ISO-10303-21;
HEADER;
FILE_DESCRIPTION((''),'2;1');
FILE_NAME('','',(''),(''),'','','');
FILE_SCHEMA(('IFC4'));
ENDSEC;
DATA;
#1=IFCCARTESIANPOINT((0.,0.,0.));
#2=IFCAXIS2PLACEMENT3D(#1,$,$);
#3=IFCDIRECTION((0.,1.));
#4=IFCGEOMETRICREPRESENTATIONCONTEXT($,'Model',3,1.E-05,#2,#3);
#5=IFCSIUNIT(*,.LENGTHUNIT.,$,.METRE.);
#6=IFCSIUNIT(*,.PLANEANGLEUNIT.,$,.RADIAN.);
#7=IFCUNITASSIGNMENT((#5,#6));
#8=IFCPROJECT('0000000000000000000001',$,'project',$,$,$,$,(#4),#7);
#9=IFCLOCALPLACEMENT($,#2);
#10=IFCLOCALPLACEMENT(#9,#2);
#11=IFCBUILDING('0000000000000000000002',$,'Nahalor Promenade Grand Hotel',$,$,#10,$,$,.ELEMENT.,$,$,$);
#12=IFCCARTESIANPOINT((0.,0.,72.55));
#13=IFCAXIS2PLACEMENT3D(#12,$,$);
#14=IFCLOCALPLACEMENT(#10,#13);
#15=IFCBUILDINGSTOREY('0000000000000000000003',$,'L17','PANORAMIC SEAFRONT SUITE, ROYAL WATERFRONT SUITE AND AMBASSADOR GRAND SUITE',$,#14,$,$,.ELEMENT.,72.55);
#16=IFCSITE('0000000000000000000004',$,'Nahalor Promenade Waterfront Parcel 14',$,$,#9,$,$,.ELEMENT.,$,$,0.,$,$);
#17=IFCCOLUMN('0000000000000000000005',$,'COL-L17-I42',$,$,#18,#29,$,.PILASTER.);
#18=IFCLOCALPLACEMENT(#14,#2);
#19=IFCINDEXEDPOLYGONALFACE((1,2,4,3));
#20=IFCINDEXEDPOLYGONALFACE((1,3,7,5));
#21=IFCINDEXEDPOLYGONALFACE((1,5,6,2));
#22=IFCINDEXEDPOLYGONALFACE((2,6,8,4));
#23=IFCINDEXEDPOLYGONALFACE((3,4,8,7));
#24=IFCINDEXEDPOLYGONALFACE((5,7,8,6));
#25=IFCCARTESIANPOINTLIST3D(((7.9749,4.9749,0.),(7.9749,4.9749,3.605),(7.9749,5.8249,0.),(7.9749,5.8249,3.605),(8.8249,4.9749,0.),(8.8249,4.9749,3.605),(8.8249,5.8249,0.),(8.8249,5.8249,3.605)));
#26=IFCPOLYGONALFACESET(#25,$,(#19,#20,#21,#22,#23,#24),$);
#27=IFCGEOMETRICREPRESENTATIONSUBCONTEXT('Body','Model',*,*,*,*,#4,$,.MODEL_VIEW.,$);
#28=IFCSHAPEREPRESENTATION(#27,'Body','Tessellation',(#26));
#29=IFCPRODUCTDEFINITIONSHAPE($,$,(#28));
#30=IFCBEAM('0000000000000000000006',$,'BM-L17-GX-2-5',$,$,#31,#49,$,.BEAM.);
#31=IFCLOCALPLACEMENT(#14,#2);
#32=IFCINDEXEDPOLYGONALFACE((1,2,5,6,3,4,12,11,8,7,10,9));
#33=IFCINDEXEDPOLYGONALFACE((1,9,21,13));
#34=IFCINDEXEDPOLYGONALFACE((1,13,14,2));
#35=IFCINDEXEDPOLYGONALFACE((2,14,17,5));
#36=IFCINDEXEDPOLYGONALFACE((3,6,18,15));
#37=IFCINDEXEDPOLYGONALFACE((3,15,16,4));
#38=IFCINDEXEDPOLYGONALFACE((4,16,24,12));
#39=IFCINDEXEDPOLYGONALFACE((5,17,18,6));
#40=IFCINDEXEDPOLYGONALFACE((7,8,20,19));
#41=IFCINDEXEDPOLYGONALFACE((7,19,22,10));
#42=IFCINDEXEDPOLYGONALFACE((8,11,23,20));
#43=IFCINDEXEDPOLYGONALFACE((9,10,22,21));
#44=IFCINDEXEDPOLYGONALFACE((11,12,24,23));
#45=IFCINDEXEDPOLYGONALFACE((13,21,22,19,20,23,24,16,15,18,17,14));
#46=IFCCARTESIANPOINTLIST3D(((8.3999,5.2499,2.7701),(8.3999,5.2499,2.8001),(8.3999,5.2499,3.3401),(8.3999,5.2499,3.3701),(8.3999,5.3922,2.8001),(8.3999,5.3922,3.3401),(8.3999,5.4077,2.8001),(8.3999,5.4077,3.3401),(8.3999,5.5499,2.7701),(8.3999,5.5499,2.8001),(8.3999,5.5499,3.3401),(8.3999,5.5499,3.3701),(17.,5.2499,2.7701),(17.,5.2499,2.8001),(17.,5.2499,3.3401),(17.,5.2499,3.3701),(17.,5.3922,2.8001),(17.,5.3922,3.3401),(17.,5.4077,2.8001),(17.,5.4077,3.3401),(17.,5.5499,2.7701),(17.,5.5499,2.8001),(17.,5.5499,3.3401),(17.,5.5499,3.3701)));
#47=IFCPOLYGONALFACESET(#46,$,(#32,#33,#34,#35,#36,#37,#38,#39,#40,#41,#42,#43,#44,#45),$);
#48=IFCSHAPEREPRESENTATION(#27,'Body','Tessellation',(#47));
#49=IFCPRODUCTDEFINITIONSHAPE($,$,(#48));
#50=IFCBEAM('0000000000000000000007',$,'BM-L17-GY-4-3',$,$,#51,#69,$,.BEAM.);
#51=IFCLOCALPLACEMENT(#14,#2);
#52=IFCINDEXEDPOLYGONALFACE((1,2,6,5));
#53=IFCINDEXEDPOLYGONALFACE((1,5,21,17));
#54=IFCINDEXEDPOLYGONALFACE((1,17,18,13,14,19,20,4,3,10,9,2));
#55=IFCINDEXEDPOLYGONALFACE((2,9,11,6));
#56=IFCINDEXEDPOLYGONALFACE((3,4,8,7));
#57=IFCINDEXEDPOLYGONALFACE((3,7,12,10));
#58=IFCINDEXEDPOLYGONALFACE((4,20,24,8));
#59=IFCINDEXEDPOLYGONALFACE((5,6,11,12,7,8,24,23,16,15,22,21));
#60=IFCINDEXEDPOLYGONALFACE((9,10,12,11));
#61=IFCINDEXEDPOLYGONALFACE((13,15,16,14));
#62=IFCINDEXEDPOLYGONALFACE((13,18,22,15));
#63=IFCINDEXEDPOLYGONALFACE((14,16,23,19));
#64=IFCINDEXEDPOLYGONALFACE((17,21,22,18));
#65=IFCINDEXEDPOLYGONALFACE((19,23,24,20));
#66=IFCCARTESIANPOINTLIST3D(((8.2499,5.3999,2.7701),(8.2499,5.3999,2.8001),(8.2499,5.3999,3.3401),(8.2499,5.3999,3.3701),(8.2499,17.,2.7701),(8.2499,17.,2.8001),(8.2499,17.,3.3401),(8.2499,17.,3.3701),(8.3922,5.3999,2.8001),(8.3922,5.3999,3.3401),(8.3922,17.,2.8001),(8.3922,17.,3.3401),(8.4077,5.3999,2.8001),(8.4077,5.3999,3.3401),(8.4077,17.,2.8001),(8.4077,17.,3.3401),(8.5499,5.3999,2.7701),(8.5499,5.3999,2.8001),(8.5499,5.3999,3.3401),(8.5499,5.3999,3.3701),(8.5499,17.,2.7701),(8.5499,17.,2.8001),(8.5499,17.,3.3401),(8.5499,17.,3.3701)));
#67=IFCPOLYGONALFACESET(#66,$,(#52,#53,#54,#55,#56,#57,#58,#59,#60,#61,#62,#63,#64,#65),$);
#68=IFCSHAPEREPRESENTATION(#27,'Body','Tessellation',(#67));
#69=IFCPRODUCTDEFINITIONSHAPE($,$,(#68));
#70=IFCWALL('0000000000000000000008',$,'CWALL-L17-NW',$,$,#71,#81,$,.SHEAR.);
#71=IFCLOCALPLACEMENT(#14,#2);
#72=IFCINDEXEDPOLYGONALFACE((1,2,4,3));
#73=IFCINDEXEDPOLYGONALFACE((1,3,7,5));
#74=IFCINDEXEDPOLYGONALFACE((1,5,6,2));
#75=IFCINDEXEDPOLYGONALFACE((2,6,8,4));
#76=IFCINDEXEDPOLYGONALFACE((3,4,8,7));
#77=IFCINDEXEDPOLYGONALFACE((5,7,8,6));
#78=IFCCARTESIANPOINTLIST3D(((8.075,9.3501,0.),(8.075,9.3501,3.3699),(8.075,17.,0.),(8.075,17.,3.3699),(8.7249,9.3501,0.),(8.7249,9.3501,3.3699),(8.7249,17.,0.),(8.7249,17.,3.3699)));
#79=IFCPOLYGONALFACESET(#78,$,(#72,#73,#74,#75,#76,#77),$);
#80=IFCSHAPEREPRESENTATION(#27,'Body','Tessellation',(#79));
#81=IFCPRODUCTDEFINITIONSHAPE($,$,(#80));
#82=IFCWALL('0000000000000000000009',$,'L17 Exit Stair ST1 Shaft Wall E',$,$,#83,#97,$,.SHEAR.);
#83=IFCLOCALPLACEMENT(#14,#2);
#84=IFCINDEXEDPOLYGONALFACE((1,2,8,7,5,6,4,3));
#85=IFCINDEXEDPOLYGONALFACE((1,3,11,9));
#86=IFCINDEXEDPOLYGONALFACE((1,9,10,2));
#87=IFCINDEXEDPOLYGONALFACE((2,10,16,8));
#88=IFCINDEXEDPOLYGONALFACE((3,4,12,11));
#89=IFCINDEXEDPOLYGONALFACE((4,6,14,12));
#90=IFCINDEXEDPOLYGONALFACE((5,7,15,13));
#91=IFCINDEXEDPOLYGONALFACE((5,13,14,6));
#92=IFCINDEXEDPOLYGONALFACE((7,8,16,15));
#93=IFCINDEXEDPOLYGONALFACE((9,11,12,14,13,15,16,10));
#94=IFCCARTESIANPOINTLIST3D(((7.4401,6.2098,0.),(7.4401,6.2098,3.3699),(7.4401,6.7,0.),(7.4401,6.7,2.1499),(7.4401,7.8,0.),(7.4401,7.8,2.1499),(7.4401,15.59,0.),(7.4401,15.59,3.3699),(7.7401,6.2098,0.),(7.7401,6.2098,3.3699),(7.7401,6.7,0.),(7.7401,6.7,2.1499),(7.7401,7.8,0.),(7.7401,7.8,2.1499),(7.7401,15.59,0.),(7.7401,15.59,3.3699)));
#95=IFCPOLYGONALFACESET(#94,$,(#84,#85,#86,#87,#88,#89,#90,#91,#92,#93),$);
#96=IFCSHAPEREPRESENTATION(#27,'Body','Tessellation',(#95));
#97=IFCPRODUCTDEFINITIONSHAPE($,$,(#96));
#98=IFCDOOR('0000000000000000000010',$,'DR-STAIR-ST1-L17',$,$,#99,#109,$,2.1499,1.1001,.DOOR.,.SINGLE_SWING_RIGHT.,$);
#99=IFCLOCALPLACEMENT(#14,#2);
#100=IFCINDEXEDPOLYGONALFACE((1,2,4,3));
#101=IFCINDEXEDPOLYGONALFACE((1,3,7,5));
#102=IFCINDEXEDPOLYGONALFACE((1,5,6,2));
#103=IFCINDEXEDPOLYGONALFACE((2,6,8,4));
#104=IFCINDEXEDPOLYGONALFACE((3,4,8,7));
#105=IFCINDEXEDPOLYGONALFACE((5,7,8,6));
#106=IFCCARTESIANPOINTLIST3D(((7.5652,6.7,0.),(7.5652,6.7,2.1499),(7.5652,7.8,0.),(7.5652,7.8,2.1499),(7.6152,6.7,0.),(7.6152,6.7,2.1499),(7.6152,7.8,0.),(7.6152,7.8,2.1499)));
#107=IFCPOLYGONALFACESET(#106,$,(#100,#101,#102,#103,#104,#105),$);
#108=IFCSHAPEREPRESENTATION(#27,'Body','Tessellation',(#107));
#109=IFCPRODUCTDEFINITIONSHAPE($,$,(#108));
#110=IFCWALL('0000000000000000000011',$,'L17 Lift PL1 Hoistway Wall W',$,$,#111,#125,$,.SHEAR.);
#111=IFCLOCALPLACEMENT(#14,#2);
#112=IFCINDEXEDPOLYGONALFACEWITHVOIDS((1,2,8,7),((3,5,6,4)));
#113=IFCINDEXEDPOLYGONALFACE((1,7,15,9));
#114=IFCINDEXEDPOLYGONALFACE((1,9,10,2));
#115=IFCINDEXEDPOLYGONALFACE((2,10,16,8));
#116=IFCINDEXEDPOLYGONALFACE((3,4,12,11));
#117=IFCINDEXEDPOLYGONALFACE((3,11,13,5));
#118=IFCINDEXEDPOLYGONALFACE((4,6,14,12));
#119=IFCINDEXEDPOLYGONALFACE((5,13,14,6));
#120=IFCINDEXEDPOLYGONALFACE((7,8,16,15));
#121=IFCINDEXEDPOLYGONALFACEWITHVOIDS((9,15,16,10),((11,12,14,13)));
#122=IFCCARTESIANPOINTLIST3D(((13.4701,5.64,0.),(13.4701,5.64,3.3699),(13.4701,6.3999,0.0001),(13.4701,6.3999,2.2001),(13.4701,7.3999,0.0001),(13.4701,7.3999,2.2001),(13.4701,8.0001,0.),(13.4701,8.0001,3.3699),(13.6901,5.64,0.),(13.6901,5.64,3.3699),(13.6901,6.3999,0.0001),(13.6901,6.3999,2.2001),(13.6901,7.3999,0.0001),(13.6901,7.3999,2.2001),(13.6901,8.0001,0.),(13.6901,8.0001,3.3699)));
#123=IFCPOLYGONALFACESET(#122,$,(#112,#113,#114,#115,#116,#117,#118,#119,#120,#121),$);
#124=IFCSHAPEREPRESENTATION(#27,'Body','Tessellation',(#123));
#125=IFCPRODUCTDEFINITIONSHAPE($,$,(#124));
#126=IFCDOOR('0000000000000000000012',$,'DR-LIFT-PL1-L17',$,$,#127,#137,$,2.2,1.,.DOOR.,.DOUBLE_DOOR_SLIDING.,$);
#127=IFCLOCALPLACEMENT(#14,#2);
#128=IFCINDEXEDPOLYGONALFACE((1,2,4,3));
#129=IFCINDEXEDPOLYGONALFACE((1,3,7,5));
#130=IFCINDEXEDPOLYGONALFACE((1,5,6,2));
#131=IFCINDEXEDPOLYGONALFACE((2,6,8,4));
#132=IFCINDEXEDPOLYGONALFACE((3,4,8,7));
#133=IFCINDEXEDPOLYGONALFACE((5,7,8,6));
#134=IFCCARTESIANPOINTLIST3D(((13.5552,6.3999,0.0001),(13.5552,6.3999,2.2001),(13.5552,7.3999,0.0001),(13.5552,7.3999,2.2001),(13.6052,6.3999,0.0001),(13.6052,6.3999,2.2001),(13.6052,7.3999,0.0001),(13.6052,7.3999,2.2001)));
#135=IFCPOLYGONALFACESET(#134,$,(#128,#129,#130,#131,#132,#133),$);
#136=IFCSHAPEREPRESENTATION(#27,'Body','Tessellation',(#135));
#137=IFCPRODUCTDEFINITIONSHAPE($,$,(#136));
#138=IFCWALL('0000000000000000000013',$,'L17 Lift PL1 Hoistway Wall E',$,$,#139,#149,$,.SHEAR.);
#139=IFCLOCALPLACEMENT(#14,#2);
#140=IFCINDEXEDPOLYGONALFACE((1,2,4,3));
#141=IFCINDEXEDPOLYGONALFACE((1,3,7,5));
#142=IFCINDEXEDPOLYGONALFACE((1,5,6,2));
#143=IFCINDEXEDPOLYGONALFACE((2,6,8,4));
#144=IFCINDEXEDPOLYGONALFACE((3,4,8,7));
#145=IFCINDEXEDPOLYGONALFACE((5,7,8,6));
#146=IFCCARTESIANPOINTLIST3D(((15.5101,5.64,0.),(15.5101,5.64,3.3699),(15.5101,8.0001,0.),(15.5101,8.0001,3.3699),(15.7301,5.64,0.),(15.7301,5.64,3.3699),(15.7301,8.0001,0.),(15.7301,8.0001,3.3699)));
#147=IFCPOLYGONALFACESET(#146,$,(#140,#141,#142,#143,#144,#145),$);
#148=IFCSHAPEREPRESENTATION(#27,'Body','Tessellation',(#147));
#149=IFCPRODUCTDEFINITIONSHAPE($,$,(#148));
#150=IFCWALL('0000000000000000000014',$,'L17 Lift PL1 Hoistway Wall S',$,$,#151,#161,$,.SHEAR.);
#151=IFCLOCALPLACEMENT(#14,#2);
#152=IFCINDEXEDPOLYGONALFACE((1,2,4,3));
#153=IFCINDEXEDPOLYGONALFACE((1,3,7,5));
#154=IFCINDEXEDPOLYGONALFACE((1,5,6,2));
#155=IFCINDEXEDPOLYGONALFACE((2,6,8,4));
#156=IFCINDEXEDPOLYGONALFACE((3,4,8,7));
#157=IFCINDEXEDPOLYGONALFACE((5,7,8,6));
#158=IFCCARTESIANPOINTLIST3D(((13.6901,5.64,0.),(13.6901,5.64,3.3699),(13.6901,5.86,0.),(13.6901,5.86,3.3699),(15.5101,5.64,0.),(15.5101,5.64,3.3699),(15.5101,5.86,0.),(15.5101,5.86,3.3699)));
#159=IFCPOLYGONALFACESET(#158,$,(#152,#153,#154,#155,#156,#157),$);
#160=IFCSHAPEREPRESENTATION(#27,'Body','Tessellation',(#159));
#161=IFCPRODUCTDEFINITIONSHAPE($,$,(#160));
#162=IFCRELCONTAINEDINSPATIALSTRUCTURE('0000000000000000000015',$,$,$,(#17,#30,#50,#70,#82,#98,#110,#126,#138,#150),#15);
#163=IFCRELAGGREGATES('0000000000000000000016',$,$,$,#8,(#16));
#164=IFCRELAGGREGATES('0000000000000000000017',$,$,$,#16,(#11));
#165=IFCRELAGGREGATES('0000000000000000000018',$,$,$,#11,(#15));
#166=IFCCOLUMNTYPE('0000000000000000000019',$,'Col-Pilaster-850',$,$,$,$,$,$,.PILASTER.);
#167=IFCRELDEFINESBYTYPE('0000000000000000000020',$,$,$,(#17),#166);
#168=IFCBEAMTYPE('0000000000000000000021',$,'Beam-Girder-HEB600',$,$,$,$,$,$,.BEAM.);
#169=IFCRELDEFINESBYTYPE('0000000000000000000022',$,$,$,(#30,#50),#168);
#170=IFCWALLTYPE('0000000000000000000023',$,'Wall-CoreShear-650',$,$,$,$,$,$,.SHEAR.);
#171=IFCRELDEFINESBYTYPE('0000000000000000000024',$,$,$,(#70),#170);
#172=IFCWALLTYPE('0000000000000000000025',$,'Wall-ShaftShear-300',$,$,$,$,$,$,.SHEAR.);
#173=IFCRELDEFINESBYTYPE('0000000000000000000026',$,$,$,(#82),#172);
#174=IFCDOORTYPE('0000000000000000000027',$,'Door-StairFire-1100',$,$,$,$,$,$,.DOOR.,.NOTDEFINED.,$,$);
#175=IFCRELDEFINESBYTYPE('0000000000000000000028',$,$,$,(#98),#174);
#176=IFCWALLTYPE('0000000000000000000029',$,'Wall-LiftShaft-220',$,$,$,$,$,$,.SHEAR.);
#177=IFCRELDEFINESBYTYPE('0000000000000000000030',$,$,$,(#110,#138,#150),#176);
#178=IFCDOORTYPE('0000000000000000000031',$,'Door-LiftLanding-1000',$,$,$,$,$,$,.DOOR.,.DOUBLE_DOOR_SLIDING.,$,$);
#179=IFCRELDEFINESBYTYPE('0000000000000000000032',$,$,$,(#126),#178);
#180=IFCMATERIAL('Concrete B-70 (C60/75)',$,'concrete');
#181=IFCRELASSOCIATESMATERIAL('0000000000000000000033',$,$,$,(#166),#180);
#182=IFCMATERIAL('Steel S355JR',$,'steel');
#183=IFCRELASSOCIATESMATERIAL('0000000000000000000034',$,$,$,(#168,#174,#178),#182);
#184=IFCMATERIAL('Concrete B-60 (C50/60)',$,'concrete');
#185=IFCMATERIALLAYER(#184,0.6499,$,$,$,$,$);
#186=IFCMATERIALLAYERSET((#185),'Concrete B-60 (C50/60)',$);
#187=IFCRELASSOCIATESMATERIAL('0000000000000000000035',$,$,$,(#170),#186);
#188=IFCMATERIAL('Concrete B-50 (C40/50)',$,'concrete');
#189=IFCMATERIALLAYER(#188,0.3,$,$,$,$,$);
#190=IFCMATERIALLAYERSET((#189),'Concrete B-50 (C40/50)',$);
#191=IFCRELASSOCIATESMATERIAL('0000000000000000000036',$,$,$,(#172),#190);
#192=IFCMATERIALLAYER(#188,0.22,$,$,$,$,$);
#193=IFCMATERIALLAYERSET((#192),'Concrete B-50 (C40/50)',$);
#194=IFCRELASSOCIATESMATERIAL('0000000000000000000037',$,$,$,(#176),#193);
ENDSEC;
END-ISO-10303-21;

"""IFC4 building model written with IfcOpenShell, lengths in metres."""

from ifc_helpers import new_model, si_unit, direction, frame, frame_2d, origin, origin_2d, place, context, subcontext, project, spatial, rectangle, i_section, extrude, source, transform, mapped, material, layer, layer_set, material_profile, profile_set, type_object, element, fill, save


model = new_model("IFC4")

# Units and contexts
model_context = context("Model", 3, precision=1e-05, world=origin(), true_north=direction((0.0, 1.0)))
body_context = subcontext(model_context, "Body", "Model", "MODEL_VIEW")
ifc_project = project(units=[si_unit("LENGTHUNIT", "METRE"), si_unit("PLANEANGLEUNIT", "RADIAN")], contexts=[model_context])

# Site, building, storey
site_placement = place(None, origin())
site = spatial("IfcSite", under=ifc_project, at=site_placement, Name="Nahalor Promenade Waterfront Parcel 14", CompositionType="ELEMENT", RefElevation=0.0)
building_placement = place(site_placement, origin())
building = spatial("IfcBuilding", under=site, at=building_placement, Name="Nahalor Promenade Grand Hotel", CompositionType="ELEMENT")
storey_placement = place(building_placement, frame((0.0, 0.0, 72.55)))
storey = spatial("IfcBuildingStorey", under=building, at=storey_placement, Name="L17", Description="PANORAMIC SEAFRONT SUITE, ROYAL WATERFRONT SUITE AND AMBASSADOR GRAND SUITE", CompositionType="ELEMENT", Elevation=72.55)

# Column
ifc_material_1 = material(Name="Concrete B-70 (C60/75)", Category="concrete")
ifc_material_profile_1 = material_profile(ifc_material_1, rectangle(XDim=0.85, YDim=0.85, at=origin_2d()), Name="RC 850x850")
ifc_profile_set_1 = profile_set([ifc_material_profile_1], Name="Concrete B-70 (C60/75)")
column_type = type_object("IfcColumnType", Name="Col-Pilaster-850", PredefinedType="PILASTER", material=ifc_profile_set_1)
shared_shape_1 = source(origin(), body_context, "Body", "SweptSolid", [
    extrude(rectangle(XDim=0.85, YDim=0.85, at=origin_2d()), origin(), (0.0, 0.0, 1.0), 3.605),
])
column_placement = place(storey_placement, frame((8.3999, 5.3999, 0.0), z_axis=(0.0, 0.0, 1.0), x_axis=(1.0, 0.0, 0.0)))
element("IfcColumn", 1, at=column_placement, inside=storey, type_object=column_type, Name="COL-L17-I42", PredefinedType="PILASTER", context=body_context, shape_type="MappedRepresentation", body=[
    mapped(shared_shape_1, transform((0.0, 0.0, 0.0), scale=1.0)),
])

# Beams
ifc_material_2 = material(Name="Steel S355JR", Category="steel")
ifc_material_profile_2 = material_profile(ifc_material_2, i_section(OverallWidth=0.3, OverallDepth=0.6, WebThickness=0.0155, FlangeThickness=0.03, at=origin_2d()), Name="HEB 600")
ifc_profile_set_2 = profile_set([ifc_material_profile_2], Name="Steel S355JR")
beam_type = type_object("IfcBeamType", Name="Beam-Girder-HEB600", PredefinedType="BEAM", material=ifc_profile_set_2)
shared_shape_2 = source(origin(), body_context, "Body", "SweptSolid", [
    extrude(i_section(OverallWidth=0.3, OverallDepth=0.6, WebThickness=0.0155, FlangeThickness=0.03, at=origin_2d()), origin(), (0.0, 0.0, 1.0), 8.6001),
])
beam_1_placement = place(storey_placement, frame((8.3999, 5.3999, 3.0701), z_axis=(1.0, 0.0, 0.0), x_axis=(0.0, 1.0, 0.0)))
element("IfcBeam", 2, at=beam_1_placement, inside=storey, type_object=beam_type, Name="BM-L17-GX-2-5", PredefinedType="BEAM", context=body_context, shape_type="MappedRepresentation", body=[
    mapped(shared_shape_2, transform((0.0, 0.0, 0.0), scale=1.0)),
])
shared_shape_3 = source(origin(), body_context, "Body", "SweptSolid", [
    extrude(i_section(OverallWidth=0.3, OverallDepth=0.6, WebThickness=0.0155, FlangeThickness=0.03, at=origin_2d()), origin(), (0.0, 0.0, 1.0), 11.6001),
])
beam_2_placement = place(storey_placement, frame((8.3999, 5.3999, 3.0701), z_axis=(0.0, 1.0, 0.0), x_axis=(-1.0, 0.0, 0.0)))
element("IfcBeam", 3, at=beam_2_placement, inside=storey, type_object=beam_type, Name="BM-L17-GY-4-3", PredefinedType="BEAM", context=body_context, shape_type="MappedRepresentation", body=[
    mapped(shared_shape_3, transform((0.0, 0.0, 0.0), scale=1.0)),
])

# Wall
ifc_material_3 = material(Name="Concrete B-60 (C50/60)", Category="concrete")
ifc_layer_1 = layer(ifc_material_3, 0.6499)
ifc_layer_set_1 = layer_set([ifc_layer_1], Name="Concrete B-60 (C50/60)")
wall_type_1 = type_object("IfcWallType", Name="Wall-CoreShear-650", PredefinedType="SHEAR", material=ifc_layer_set_1)
shared_shape_4 = source(origin(), body_context, "Body", "SweptSolid", [
    extrude(rectangle(XDim=7.6499, YDim=0.6499, at=frame_2d((3.825, 0.0))), origin(), (0.0, 0.0, 1.0), 3.3699),
])
wall_1_placement = place(storey_placement, frame((8.3999, 9.3501, 0.0), z_axis=(0.0, 0.0, 1.0), x_axis=(0.0, 1.0, 0.0)))
element("IfcWall", 4, at=wall_1_placement, inside=storey, type_object=wall_type_1, Name="CWALL-L17-NW", PredefinedType="SHEAR", context=body_context, shape_type="MappedRepresentation", body=[
    mapped(shared_shape_4, transform((0.0, 0.0, 0.0), scale=1.0)),
])

# Walls, openings, doors
ifc_material_4 = material(Name="Concrete B-50 (C40/50)", Category="concrete")
ifc_layer_2 = layer(ifc_material_4, 0.3)
ifc_layer_set_2 = layer_set([ifc_layer_2], Name="Concrete B-50 (C40/50)")
wall_type_2 = type_object("IfcWallType", Name="Wall-ShaftShear-300", PredefinedType="SHEAR", material=ifc_layer_set_2)
shared_shape_5 = source(origin(), body_context, "Body", "SweptSolid", [
    extrude(rectangle(XDim=9.3801, YDim=0.3, at=frame_2d((4.6899, 0.0))), origin(), (0.0, 0.0, 1.0), 3.3699),
])
wall_2_placement = place(storey_placement, frame((7.5901, 6.21, 0.0), z_axis=(0.0, 0.0, 1.0), x_axis=(0.0, 1.0, 0.0)))
wall_2 = element("IfcWall", 5, at=wall_2_placement, inside=storey, type_object=wall_type_2, Name="L17 Exit Stair ST1 Shaft Wall E", PredefinedType="SHEAR", context=body_context, shape_type="MappedRepresentation", body=[
    mapped(shared_shape_5, transform((0.0, 0.0, 0.0), scale=1.0)),
])
opening_1_placement = place(wall_2_placement, frame((0.49, 0.0, 0.0)))
opening_1 = element("IfcOpeningElement", 6, at=opening_1_placement, cuts=wall_2, PredefinedType="OPENING", context=body_context, shape_type="SweptSolid", body=[
    extrude(rectangle(XDim=1.1001, YDim=2.1499, at=frame_2d((0.55, 1.075))), frame((0.0, 0.1599, 0.0), z_axis=(0.0, -1.0, 0.0), x_axis=(1.0, 0.0, 0.0)), (0.0, 0.0, 1.0), 0.3201),
])
door_type_1 = type_object("IfcDoorType", Name="Door-StairFire-1100", OperationType="NOTDEFINED", PredefinedType="DOOR", material=ifc_material_2)
shared_shape_6 = source(origin(), body_context, "Body", "SweptSolid", [
    extrude(rectangle(XDim=1.1001, YDim=2.1499, at=frame_2d((0.55, 1.075))), frame((0.0, 0.0249, 0.0), z_axis=(0.0, -1.0, 0.0), x_axis=(1.0, 0.0, 0.0)), (0.0, 0.0, 1.0), 0.05),
])
door_1_placement = place(opening_1_placement, origin())
door_1 = element("IfcDoor", 7, at=door_1_placement, inside=storey, type_object=door_type_1, Name="DR-STAIR-ST1-L17", OperationType="SINGLE_SWING_RIGHT", OverallHeight=2.1499, OverallWidth=1.1001, PredefinedType="DOOR", context=body_context, shape_type="MappedRepresentation", body=[
    mapped(shared_shape_6, transform((0.0, 0.0, 0.0), scale=1.0)),
])
fill(opening_1, door_1)
ifc_layer_3 = layer(ifc_material_4, 0.22)
ifc_layer_set_3 = layer_set([ifc_layer_3], Name="Concrete B-50 (C40/50)")
wall_type_3 = type_object("IfcWallType", Name="Wall-LiftShaft-220", PredefinedType="SHEAR", material=ifc_layer_set_3)
shared_shape_7 = source(origin(), body_context, "Body", "SweptSolid", [
    extrude(rectangle(XDim=2.3601, YDim=0.22, at=frame_2d((1.1802, 0.0))), origin(), (0.0, 0.0, 1.0), 3.3699),
])
wall_3_placement = place(storey_placement, frame((13.5801, 5.6399, 0.0), z_axis=(0.0, 0.0, 1.0), x_axis=(0.0, 1.0, 0.0)))
wall_3 = element("IfcWall", 8, at=wall_3_placement, inside=storey, type_object=wall_type_3, Name="L17 Lift PL1 Hoistway Wall W", PredefinedType="SHEAR", context=body_context, shape_type="MappedRepresentation", body=[
    mapped(shared_shape_7, transform((0.0, 0.0, 0.0), scale=1.0)),
])
opening_2_placement = place(wall_3_placement, frame((0.76, 0.0, 0.0)))
opening_2 = element("IfcOpeningElement", 9, at=opening_2_placement, cuts=wall_3, PredefinedType="OPENING", context=body_context, shape_type="SweptSolid", body=[
    extrude(rectangle(XDim=1.0, YDim=2.2, at=frame_2d((0.5, 1.1001))), frame((0.0, 0.1199, 0.0), z_axis=(0.0, -1.0, 0.0), x_axis=(1.0, 0.0, 0.0)), (0.0, 0.0, 1.0), 0.24),
])
door_type_2 = type_object("IfcDoorType", Name="Door-LiftLanding-1000", OperationType="DOUBLE_DOOR_SLIDING", PredefinedType="DOOR", material=ifc_material_2)
shared_shape_8 = source(origin(), body_context, "Body", "SweptSolid", [
    extrude(rectangle(XDim=1.0, YDim=2.2, at=frame_2d((0.5, 1.1001))), frame((0.0, 0.0249, 0.0), z_axis=(0.0, -1.0, 0.0), x_axis=(1.0, 0.0, 0.0)), (0.0, 0.0, 1.0), 0.05),
])
door_2_placement = place(opening_2_placement, origin())
door_2 = element("IfcDoor", 10, at=door_2_placement, inside=storey, type_object=door_type_2, Name="DR-LIFT-PL1-L17", OperationType="DOUBLE_DOOR_SLIDING", OverallHeight=2.2, OverallWidth=1.0, PredefinedType="DOOR", context=body_context, shape_type="MappedRepresentation", body=[
    mapped(shared_shape_8, transform((0.0, 0.0, 0.0), scale=1.0)),
])
fill(opening_2, door_2)

# Walls
wall_4_placement = place(storey_placement, frame((15.6201, 5.6399, 0.0), z_axis=(0.0, 0.0, 1.0), x_axis=(0.0, 1.0, 0.0)))
element("IfcWall", 11, at=wall_4_placement, inside=storey, type_object=wall_type_3, Name="L17 Lift PL1 Hoistway Wall E", PredefinedType="SHEAR", context=body_context, shape_type="MappedRepresentation", body=[
    mapped(shared_shape_7, transform((0.0, 0.0, 0.0), scale=1.0)),
])
shared_shape_9 = source(origin(), body_context, "Body", "SweptSolid", [
    extrude(rectangle(XDim=1.8201, YDim=0.22, at=frame_2d((0.9102, 0.0))), origin(), (0.0, 0.0, 1.0), 3.3699),
])
wall_5_placement = place(storey_placement, frame((13.6899, 5.75, 0.0), z_axis=(0.0, 0.0, 1.0), x_axis=(1.0, 0.0, 0.0)))
element("IfcWall", 12, at=wall_5_placement, inside=storey, type_object=wall_type_3, Name="L17 Lift PL1 Hoistway Wall S", PredefinedType="SHEAR", context=body_context, shape_type="MappedRepresentation", body=[
    mapped(shared_shape_9, transform((0.0, 0.0, 0.0), scale=1.0)),
])

save(model, "model.ifc")
